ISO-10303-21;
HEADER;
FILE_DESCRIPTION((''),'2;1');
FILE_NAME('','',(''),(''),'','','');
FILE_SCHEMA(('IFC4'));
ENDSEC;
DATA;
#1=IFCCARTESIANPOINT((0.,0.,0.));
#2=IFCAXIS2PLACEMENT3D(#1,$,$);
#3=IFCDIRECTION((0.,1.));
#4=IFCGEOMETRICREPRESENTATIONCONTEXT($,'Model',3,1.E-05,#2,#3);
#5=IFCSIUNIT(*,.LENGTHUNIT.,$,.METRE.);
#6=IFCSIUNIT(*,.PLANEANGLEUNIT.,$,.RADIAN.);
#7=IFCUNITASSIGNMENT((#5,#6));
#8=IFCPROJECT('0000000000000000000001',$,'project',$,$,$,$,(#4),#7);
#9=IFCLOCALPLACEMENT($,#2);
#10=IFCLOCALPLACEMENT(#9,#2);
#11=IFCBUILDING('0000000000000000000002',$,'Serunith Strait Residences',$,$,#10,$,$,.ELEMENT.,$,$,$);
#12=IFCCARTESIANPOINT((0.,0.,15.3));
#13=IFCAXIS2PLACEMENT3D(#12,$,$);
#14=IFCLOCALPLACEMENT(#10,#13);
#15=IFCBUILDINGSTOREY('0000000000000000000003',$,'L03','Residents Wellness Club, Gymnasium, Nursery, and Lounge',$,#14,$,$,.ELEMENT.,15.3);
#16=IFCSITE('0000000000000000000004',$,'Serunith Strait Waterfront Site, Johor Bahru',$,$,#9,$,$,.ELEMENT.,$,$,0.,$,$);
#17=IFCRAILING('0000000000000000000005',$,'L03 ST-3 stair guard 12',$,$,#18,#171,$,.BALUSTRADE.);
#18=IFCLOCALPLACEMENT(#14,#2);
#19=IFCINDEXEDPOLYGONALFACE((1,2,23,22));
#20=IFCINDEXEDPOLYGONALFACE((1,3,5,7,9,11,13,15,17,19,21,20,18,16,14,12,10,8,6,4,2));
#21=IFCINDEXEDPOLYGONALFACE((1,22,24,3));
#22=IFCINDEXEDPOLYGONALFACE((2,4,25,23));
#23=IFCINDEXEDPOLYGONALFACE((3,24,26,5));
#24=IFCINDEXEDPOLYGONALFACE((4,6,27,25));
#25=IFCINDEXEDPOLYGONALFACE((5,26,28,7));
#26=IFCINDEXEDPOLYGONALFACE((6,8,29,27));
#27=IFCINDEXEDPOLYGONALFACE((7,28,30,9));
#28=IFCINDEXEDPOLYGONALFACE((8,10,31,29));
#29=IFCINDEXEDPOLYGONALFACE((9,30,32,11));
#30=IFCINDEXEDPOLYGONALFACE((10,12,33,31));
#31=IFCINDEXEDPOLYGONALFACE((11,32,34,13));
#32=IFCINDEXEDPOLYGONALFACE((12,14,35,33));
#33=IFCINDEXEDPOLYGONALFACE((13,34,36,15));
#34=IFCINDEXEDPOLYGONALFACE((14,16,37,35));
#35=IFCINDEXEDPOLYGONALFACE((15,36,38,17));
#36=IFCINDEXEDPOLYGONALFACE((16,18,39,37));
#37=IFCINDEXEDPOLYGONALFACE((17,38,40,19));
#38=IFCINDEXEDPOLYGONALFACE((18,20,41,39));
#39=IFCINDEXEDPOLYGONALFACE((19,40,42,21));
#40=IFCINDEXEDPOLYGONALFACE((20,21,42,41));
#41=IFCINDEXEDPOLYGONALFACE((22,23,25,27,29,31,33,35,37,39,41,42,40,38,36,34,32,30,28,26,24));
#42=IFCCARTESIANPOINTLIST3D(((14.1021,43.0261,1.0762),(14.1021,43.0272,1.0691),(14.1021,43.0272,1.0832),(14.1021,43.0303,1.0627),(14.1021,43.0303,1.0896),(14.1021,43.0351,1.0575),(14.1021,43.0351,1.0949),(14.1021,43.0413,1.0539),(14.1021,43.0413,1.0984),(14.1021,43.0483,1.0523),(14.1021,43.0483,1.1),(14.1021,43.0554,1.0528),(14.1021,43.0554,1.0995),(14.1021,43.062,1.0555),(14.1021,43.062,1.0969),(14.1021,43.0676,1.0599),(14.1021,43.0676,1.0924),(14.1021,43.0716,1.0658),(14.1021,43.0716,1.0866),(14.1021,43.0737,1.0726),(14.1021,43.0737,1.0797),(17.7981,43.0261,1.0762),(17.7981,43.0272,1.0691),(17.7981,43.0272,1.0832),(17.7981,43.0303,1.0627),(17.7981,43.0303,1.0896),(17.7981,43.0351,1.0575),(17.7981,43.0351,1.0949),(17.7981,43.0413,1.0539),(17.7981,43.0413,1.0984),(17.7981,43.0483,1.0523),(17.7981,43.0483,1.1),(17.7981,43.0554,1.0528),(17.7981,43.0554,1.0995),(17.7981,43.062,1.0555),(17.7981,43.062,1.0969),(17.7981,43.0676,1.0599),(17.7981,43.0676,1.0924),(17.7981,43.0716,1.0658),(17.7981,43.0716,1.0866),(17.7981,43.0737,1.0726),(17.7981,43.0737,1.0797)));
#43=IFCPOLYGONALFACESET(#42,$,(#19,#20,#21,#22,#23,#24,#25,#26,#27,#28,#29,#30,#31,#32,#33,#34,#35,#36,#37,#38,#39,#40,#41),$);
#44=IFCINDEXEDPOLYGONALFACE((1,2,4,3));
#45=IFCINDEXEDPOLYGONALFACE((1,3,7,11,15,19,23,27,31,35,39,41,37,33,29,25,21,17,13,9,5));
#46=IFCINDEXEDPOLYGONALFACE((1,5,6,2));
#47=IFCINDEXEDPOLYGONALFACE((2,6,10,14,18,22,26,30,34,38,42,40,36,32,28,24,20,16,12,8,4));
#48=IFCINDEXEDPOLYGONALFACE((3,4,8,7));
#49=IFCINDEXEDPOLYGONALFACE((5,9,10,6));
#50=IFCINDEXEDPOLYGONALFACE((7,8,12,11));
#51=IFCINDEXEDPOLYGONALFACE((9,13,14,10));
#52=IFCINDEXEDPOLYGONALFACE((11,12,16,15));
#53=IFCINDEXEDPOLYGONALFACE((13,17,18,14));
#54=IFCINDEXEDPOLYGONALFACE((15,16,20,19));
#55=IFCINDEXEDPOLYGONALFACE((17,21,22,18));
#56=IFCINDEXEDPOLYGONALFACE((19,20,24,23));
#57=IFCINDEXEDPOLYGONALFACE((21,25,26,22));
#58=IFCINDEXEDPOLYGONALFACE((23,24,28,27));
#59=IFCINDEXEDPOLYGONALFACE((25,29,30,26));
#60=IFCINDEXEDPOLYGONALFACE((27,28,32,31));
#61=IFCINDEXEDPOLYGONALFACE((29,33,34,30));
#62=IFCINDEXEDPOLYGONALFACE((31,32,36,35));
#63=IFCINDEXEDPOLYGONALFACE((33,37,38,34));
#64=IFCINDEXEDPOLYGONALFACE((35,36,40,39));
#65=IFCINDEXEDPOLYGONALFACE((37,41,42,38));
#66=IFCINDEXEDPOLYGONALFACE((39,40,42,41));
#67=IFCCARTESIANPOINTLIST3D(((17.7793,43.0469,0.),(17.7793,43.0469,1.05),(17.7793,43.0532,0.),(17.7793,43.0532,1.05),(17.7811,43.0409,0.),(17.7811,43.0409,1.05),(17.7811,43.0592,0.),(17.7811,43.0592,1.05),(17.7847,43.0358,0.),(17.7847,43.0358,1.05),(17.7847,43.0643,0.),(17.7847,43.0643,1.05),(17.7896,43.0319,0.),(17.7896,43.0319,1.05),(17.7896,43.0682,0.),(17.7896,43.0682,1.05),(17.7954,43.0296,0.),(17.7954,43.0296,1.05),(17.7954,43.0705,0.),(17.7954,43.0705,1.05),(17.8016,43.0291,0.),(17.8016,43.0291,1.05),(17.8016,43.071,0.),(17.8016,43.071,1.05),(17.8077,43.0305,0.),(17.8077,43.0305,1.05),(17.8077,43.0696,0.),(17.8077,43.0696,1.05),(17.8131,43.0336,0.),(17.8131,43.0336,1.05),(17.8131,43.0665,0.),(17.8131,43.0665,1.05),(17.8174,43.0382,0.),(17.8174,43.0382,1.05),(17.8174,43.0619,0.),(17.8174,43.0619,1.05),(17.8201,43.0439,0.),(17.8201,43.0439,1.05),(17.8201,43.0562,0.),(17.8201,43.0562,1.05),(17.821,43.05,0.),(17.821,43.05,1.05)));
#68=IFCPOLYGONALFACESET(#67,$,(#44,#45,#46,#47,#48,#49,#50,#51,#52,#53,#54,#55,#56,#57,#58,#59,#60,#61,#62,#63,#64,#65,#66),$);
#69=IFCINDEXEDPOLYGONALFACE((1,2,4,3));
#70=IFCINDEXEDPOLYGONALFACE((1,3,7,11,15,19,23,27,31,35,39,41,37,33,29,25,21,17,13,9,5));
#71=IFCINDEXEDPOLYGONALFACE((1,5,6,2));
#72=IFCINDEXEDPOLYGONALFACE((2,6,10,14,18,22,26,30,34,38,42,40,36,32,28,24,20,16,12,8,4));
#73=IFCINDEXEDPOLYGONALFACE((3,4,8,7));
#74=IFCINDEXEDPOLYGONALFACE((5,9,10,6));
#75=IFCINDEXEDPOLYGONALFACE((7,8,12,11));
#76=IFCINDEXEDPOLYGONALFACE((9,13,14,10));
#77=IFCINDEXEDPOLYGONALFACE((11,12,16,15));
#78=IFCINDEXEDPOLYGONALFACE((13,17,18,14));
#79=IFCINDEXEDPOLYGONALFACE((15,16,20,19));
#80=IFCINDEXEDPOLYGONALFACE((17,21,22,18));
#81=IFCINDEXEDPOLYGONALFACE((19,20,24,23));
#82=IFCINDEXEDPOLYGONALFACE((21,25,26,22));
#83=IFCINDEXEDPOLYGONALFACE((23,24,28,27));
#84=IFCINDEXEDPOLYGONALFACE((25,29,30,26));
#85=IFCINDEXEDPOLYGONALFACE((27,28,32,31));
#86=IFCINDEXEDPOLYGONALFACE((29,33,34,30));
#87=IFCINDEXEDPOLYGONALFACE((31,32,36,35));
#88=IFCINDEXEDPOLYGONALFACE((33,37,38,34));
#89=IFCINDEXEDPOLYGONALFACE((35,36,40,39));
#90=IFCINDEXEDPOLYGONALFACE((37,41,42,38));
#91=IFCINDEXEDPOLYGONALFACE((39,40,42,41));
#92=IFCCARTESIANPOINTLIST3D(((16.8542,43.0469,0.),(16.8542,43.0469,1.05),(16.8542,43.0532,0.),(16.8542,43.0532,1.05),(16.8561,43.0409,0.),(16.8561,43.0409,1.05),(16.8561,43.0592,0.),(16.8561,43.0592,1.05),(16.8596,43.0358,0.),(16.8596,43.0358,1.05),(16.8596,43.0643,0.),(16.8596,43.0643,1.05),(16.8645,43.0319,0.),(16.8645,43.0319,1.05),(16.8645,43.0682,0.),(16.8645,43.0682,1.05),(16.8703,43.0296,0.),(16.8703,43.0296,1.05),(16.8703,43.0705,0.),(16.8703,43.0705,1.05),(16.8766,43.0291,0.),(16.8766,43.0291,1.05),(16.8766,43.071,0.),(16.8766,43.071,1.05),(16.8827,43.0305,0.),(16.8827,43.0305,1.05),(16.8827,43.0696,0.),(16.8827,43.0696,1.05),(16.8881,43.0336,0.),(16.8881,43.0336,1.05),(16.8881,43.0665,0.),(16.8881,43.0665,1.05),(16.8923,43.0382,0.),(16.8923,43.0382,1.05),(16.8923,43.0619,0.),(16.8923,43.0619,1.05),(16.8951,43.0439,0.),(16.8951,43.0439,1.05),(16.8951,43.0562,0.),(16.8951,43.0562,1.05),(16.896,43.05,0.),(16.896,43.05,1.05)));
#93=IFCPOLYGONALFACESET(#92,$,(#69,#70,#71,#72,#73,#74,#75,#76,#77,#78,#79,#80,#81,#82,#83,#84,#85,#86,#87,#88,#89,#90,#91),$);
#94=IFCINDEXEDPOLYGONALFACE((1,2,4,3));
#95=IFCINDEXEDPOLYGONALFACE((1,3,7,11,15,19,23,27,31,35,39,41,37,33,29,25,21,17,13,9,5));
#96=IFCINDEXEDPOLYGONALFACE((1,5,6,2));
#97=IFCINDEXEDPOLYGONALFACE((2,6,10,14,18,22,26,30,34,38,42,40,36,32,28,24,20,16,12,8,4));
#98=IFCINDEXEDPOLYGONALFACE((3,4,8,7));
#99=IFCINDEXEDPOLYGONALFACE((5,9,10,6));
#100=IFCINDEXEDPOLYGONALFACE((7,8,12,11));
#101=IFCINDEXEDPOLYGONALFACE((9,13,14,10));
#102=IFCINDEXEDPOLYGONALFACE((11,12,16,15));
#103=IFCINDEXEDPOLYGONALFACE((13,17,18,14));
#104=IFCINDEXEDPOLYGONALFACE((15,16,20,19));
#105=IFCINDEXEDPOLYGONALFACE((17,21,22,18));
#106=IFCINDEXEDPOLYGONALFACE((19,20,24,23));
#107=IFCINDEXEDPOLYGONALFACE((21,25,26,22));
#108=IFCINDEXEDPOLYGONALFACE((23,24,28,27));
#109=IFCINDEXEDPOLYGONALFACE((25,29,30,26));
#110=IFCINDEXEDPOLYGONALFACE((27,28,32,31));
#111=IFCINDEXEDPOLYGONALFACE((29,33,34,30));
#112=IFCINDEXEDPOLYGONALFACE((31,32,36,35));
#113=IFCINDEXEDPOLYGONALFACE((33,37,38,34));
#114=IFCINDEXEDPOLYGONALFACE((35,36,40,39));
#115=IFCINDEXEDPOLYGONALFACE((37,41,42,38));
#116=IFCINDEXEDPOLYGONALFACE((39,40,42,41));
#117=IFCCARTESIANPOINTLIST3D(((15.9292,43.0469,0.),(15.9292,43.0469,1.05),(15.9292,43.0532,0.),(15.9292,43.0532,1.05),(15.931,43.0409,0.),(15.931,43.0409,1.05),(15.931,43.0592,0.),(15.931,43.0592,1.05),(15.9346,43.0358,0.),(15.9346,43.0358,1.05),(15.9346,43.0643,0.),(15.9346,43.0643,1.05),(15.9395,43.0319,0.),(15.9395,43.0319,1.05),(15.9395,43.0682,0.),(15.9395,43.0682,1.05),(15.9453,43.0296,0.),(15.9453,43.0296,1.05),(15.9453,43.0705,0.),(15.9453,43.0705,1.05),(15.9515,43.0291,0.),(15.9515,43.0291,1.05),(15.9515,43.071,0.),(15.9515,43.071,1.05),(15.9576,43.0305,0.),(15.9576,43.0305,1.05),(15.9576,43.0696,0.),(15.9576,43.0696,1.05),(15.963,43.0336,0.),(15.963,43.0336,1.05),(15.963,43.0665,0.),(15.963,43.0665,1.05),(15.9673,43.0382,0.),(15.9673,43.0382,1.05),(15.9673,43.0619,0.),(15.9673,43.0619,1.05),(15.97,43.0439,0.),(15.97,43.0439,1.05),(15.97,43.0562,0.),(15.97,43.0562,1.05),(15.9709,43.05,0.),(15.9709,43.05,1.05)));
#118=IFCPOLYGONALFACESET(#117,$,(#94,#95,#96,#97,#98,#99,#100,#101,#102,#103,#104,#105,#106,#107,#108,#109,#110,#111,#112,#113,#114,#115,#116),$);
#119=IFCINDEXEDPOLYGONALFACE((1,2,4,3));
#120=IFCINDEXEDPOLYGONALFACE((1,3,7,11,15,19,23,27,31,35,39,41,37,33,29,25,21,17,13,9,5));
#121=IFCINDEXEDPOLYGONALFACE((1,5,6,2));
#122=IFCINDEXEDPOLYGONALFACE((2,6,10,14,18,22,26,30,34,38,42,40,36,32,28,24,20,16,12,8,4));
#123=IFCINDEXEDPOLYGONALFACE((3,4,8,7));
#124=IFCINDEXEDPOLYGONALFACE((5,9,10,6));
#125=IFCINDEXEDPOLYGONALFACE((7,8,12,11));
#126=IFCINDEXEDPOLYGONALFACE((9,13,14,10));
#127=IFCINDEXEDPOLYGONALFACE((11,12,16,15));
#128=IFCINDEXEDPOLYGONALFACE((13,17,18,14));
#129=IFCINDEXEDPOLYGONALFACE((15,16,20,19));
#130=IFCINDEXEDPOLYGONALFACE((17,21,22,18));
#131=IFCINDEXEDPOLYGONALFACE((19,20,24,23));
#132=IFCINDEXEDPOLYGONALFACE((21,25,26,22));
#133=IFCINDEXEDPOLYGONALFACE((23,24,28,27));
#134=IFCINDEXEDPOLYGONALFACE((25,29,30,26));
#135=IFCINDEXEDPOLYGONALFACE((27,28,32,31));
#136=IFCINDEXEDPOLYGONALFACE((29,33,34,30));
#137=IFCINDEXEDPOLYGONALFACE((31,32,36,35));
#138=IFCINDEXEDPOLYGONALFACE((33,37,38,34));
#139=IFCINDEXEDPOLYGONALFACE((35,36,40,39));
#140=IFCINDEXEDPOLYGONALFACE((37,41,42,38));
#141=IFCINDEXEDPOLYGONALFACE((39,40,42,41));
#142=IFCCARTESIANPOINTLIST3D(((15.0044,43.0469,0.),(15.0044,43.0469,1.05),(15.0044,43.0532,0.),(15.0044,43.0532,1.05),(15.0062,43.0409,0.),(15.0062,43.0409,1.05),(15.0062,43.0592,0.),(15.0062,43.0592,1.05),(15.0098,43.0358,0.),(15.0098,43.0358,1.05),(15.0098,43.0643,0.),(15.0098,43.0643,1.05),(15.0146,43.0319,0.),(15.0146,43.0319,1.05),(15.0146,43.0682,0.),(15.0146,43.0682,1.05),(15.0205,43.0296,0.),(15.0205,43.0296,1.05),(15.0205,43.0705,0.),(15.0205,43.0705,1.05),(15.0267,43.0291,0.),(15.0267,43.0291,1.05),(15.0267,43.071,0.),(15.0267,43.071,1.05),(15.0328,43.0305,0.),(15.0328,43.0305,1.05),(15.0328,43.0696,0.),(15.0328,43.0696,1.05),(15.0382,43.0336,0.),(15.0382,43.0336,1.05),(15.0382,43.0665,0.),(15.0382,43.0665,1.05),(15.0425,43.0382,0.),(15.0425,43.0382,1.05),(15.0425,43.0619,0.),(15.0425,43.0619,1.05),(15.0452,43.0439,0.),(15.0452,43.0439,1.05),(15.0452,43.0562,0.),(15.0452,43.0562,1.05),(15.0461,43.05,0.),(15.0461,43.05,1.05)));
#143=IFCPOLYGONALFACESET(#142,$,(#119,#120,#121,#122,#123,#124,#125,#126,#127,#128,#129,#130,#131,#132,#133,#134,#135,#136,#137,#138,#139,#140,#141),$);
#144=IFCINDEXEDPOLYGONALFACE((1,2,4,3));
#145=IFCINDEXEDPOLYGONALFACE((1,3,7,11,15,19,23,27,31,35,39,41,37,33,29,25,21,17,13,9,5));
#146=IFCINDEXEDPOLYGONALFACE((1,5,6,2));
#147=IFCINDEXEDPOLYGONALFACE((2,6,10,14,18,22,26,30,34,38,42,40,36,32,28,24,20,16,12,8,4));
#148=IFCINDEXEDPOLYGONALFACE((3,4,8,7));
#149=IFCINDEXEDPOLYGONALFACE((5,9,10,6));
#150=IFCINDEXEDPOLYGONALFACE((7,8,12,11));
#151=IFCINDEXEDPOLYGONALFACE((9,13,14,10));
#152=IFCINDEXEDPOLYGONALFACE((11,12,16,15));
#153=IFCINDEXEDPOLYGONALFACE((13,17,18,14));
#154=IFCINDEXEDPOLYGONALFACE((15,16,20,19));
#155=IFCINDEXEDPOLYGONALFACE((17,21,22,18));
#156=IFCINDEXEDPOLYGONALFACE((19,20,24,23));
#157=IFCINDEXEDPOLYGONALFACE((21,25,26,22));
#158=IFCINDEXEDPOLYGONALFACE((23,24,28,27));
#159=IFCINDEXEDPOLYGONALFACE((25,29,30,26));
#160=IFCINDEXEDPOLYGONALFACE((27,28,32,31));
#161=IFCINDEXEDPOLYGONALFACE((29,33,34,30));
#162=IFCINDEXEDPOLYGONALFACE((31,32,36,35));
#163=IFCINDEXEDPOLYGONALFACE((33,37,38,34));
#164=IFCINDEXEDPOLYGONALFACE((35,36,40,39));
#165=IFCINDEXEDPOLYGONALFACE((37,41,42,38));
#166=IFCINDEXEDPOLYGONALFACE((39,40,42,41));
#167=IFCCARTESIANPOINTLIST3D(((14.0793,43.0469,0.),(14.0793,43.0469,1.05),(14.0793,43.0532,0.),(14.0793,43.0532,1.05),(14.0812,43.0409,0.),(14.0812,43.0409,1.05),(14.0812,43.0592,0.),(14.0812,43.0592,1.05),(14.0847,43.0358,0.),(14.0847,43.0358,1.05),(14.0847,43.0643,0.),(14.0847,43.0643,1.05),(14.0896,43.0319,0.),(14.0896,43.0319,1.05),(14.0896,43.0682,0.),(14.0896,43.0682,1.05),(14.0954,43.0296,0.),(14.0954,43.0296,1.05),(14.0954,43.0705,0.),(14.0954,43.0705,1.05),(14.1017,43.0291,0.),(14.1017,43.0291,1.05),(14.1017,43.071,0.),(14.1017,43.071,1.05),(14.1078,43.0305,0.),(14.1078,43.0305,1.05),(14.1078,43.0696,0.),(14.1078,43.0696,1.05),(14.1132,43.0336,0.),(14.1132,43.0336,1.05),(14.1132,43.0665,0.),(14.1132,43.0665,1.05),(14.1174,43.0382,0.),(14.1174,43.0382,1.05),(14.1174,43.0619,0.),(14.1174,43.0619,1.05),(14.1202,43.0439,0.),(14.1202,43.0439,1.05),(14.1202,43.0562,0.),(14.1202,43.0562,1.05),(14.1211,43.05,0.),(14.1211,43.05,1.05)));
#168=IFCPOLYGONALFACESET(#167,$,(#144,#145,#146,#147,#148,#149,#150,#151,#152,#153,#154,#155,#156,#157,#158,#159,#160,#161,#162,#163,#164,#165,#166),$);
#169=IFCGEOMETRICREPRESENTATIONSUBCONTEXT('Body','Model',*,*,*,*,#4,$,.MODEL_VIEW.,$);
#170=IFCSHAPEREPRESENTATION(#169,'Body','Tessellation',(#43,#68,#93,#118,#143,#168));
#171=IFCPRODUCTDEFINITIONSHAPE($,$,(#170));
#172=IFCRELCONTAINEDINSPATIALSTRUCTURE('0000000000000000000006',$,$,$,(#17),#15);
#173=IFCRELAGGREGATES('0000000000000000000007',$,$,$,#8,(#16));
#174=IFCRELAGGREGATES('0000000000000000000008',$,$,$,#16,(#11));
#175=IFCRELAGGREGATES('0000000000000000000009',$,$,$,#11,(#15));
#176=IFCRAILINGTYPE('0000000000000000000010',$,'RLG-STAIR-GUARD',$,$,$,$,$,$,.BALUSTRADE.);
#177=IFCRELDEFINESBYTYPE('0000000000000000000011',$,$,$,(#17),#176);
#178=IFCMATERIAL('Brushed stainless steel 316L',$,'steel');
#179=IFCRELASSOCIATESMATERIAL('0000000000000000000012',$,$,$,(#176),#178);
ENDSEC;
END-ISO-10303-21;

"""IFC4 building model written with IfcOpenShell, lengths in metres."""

from ifc_helpers import new_model, si_unit, direction, frame, origin, origin_2d, place, context, subcontext, project, spatial, circle, extrude, material, type_object, element, save


model = new_model("IFC4")

# Units and contexts
model_context = context("Model", 3, precision=1e-05, world=origin(), true_north=direction((0.0, 1.0)))
body_context = subcontext(model_context, "Body", "Model", "MODEL_VIEW")
ifc_project = project(units=[si_unit("LENGTHUNIT", "METRE"), si_unit("PLANEANGLEUNIT", "RADIAN")], contexts=[model_context])

# Site, building, storey
site_placement = place(None, origin())
site = spatial("IfcSite", under=ifc_project, at=site_placement, Name="Serunith Strait Waterfront Site, Johor Bahru", CompositionType="ELEMENT", RefElevation=0.0)
building_placement = place(site_placement, origin())
building = spatial("IfcBuilding", under=site, at=building_placement, Name="Serunith Strait Residences", CompositionType="ELEMENT")
storey_placement = place(building_placement, frame((0.0, 0.0, 15.3)))
storey = spatial("IfcBuildingStorey", under=building, at=storey_placement, Name="L03", Description="Residents Wellness Club, Gymnasium, Nursery, and Lounge", CompositionType="ELEMENT", Elevation=15.3)

# Railing
ifc_material_1 = material(Name="Brushed stainless steel 316L", Category="steel")
railing_type_1 = type_object("IfcRailingType", Name="RLG-STAIR-GUARD", PredefinedType="BALUSTRADE", material=ifc_material_1)
railing_1_placement = place(storey_placement, frame((17.8, 43.05, 0.0)))
element("IfcRailing", 1, at=railing_1_placement, inside=storey, type_object=railing_type_1, Name="L03 ST-3 stair guard 12", PredefinedType="BALUSTRADE", context=body_context, shape_type="SweptSolid", body=[
    extrude(circle(Radius=0.0239, at=origin_2d()), frame((-0.002, 0.0, 1.0762), z_axis=(-1.0, 0.0, 0.0), x_axis=(0.0, -1.0, 0.0)), (0.0, 0.0, 1.0), 3.696),
    extrude(circle(Radius=0.021, at=origin_2d()), origin(), (0.0, 0.0, 1.0), 1.05),
    extrude(circle(Radius=0.021, at=origin_2d()), frame((-0.925, 0.0, 0.0)), (0.0, 0.0, 1.0), 1.05),
    extrude(circle(Radius=0.021, at=origin_2d()), frame((-1.8501, 0.0, 0.0)), (0.0, 0.0, 1.0), 1.05),
    extrude(circle(Radius=0.021, at=origin_2d()), frame((-2.7749, 0.0, 0.0)), (0.0, 0.0, 1.0), 1.05),
    extrude(circle(Radius=0.021, at=origin_2d()), frame((-3.7, 0.0, 0.0)), (0.0, 0.0, 1.0), 1.05),
])

save(model, "model.ifc")
